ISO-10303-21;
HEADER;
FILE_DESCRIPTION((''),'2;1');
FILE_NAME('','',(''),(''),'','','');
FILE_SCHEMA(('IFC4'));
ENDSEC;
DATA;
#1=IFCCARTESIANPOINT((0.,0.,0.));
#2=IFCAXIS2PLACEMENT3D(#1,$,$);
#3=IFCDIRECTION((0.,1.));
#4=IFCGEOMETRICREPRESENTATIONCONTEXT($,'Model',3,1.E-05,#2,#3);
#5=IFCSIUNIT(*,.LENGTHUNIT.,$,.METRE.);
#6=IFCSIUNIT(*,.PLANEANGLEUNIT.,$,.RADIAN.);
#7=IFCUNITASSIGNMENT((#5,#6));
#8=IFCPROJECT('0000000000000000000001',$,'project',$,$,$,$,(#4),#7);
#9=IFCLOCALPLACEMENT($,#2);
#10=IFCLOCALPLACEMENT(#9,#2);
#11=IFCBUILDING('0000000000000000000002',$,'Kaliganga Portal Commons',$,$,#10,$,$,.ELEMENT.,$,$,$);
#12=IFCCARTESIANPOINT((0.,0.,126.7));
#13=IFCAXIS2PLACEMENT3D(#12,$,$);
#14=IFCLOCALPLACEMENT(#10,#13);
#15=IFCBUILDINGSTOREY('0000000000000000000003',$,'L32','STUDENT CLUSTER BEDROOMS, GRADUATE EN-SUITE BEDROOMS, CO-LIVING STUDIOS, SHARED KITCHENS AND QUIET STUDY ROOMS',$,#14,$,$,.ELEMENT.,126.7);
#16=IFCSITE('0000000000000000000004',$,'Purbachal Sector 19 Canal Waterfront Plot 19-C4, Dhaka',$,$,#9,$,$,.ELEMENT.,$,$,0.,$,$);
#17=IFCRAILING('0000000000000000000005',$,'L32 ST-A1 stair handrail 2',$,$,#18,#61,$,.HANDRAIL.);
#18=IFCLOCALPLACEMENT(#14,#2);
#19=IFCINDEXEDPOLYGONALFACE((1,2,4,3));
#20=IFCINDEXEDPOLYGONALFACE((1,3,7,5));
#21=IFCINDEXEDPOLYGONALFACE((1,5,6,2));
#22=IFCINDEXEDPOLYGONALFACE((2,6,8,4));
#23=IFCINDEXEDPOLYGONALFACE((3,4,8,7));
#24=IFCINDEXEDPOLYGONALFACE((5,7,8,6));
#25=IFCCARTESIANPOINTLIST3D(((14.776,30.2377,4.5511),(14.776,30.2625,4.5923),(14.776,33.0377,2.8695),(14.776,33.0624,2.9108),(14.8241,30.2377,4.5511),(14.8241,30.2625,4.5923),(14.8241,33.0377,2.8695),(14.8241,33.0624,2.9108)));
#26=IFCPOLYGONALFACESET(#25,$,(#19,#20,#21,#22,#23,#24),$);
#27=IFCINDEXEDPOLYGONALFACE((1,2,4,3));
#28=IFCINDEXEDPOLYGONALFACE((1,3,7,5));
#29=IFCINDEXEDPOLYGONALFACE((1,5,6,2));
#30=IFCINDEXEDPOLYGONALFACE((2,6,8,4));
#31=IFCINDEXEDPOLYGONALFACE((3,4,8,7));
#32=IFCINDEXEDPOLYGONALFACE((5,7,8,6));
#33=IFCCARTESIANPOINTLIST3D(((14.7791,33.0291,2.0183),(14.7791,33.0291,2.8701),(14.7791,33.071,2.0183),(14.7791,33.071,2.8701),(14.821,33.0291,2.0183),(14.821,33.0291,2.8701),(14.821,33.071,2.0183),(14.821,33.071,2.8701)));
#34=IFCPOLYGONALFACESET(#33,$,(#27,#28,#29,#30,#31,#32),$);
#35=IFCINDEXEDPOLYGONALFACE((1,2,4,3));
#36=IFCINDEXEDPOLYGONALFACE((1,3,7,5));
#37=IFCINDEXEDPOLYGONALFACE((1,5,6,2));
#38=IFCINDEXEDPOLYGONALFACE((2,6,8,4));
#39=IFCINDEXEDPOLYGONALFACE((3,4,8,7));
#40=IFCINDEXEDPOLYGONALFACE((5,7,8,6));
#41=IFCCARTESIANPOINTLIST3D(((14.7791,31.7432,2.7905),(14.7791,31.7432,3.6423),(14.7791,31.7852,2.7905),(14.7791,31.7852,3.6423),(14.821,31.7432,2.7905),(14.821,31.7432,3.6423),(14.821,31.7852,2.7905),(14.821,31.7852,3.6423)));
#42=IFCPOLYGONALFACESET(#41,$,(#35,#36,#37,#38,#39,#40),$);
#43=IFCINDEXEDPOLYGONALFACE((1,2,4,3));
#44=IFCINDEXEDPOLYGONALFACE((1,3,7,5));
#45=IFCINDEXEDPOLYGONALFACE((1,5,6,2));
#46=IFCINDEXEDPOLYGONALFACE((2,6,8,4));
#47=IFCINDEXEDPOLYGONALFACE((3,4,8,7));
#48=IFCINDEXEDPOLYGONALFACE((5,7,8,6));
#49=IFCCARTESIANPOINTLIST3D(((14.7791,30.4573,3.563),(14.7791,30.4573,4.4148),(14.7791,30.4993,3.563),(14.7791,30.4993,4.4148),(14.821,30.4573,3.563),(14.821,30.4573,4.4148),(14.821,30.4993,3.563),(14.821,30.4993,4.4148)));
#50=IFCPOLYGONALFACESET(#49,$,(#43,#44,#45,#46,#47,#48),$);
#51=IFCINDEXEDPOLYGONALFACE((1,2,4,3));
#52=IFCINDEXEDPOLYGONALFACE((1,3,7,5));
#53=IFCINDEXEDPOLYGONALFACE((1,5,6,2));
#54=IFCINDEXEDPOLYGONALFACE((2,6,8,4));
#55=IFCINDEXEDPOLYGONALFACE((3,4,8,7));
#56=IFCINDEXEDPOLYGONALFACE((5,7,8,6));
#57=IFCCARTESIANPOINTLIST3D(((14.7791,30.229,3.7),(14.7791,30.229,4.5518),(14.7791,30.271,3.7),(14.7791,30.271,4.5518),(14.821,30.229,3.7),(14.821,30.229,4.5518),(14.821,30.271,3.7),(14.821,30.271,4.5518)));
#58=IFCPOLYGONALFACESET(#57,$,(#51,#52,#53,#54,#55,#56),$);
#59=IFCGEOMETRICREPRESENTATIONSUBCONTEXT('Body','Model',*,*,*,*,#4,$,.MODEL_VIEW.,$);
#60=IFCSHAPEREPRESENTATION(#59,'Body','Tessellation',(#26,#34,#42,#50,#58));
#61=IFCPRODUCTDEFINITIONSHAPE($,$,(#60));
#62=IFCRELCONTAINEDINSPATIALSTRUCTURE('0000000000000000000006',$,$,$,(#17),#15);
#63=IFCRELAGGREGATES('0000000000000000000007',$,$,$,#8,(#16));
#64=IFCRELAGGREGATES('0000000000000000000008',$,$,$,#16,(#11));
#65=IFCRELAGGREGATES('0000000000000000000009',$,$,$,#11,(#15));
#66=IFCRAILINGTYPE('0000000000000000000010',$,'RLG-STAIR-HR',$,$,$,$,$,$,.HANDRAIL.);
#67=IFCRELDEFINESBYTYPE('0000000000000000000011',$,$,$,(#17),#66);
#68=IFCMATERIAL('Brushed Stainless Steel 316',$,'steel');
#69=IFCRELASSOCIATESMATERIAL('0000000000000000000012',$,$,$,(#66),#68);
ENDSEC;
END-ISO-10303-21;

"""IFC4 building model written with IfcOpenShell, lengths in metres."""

from ifc_helpers import new_model, si_unit, direction, frame, origin, origin_2d, place, context, subcontext, project, spatial, rectangle, extrude, material, type_object, element, save


model = new_model("IFC4")

# Units and contexts
model_context = context("Model", 3, precision=1e-05, world=origin(), true_north=direction((0.0, 1.0)))
body_context = subcontext(model_context, "Body", "Model", "MODEL_VIEW")
ifc_project = project(units=[si_unit("LENGTHUNIT", "METRE"), si_unit("PLANEANGLEUNIT", "RADIAN")], contexts=[model_context])

# Site, building, storey
site_placement = place(None, origin())
site = spatial("IfcSite", under=ifc_project, at=site_placement, Name="Purbachal Sector 19 Canal Waterfront Plot 19-C4, Dhaka", CompositionType="ELEMENT", RefElevation=0.0)
building_placement = place(site_placement, origin())
building = spatial("IfcBuilding", under=site, at=building_placement, Name="Kaliganga Portal Commons", CompositionType="ELEMENT")
storey_placement = place(building_placement, frame((0.0, 0.0, 126.7)))
storey = spatial("IfcBuildingStorey", under=building, at=storey_placement, Name="L32", Description="STUDENT CLUSTER BEDROOMS, GRADUATE EN-SUITE BEDROOMS, CO-LIVING STUDIOS, SHARED KITCHENS AND QUIET STUDY ROOMS", CompositionType="ELEMENT", Elevation=126.7)

# Railing
ifc_material_1 = material(Name="Brushed Stainless Steel 316", Category="steel")
railing_type_1 = type_object("IfcRailingType", Name="RLG-STAIR-HR", PredefinedType="HANDRAIL", material=ifc_material_1)
railing_1_placement = place(storey_placement, frame((14.8, 33.05, 2.0183)))
element("IfcRailing", 1, at=railing_1_placement, inside=storey, type_object=railing_type_1, Name="L32 ST-A1 stair handrail 2", PredefinedType="HANDRAIL", context=body_context, shape_type="SweptSolid", body=[
    extrude(rectangle(XDim=0.0481, YDim=0.0481, at=origin_2d()), frame((0.0, 0.0, 0.8718), z_axis=(0.0, -0.857275, 0.514858), x_axis=(1.0, 0.0, 0.0)), (0.0, 0.0, 1.0), 3.2661),
    extrude(rectangle(XDim=0.042, YDim=0.042, at=origin_2d()), origin(), (0.0, 0.0, 1.0), 0.8518),
    extrude(rectangle(XDim=0.042, YDim=0.042, at=origin_2d()), frame((0.0, -1.2859, 0.7722)), (0.0, 0.0, 1.0), 0.8518),
    extrude(rectangle(XDim=0.042, YDim=0.042, at=origin_2d()), frame((0.0, -2.5718, 1.5447)), (0.0, 0.0, 1.0), 0.8518),
    extrude(rectangle(XDim=0.042, YDim=0.042, at=origin_2d()), frame((0.0, -2.8, 1.6816)), (0.0, 0.0, 1.0), 0.8518),
])

save(model, "model.ifc")
